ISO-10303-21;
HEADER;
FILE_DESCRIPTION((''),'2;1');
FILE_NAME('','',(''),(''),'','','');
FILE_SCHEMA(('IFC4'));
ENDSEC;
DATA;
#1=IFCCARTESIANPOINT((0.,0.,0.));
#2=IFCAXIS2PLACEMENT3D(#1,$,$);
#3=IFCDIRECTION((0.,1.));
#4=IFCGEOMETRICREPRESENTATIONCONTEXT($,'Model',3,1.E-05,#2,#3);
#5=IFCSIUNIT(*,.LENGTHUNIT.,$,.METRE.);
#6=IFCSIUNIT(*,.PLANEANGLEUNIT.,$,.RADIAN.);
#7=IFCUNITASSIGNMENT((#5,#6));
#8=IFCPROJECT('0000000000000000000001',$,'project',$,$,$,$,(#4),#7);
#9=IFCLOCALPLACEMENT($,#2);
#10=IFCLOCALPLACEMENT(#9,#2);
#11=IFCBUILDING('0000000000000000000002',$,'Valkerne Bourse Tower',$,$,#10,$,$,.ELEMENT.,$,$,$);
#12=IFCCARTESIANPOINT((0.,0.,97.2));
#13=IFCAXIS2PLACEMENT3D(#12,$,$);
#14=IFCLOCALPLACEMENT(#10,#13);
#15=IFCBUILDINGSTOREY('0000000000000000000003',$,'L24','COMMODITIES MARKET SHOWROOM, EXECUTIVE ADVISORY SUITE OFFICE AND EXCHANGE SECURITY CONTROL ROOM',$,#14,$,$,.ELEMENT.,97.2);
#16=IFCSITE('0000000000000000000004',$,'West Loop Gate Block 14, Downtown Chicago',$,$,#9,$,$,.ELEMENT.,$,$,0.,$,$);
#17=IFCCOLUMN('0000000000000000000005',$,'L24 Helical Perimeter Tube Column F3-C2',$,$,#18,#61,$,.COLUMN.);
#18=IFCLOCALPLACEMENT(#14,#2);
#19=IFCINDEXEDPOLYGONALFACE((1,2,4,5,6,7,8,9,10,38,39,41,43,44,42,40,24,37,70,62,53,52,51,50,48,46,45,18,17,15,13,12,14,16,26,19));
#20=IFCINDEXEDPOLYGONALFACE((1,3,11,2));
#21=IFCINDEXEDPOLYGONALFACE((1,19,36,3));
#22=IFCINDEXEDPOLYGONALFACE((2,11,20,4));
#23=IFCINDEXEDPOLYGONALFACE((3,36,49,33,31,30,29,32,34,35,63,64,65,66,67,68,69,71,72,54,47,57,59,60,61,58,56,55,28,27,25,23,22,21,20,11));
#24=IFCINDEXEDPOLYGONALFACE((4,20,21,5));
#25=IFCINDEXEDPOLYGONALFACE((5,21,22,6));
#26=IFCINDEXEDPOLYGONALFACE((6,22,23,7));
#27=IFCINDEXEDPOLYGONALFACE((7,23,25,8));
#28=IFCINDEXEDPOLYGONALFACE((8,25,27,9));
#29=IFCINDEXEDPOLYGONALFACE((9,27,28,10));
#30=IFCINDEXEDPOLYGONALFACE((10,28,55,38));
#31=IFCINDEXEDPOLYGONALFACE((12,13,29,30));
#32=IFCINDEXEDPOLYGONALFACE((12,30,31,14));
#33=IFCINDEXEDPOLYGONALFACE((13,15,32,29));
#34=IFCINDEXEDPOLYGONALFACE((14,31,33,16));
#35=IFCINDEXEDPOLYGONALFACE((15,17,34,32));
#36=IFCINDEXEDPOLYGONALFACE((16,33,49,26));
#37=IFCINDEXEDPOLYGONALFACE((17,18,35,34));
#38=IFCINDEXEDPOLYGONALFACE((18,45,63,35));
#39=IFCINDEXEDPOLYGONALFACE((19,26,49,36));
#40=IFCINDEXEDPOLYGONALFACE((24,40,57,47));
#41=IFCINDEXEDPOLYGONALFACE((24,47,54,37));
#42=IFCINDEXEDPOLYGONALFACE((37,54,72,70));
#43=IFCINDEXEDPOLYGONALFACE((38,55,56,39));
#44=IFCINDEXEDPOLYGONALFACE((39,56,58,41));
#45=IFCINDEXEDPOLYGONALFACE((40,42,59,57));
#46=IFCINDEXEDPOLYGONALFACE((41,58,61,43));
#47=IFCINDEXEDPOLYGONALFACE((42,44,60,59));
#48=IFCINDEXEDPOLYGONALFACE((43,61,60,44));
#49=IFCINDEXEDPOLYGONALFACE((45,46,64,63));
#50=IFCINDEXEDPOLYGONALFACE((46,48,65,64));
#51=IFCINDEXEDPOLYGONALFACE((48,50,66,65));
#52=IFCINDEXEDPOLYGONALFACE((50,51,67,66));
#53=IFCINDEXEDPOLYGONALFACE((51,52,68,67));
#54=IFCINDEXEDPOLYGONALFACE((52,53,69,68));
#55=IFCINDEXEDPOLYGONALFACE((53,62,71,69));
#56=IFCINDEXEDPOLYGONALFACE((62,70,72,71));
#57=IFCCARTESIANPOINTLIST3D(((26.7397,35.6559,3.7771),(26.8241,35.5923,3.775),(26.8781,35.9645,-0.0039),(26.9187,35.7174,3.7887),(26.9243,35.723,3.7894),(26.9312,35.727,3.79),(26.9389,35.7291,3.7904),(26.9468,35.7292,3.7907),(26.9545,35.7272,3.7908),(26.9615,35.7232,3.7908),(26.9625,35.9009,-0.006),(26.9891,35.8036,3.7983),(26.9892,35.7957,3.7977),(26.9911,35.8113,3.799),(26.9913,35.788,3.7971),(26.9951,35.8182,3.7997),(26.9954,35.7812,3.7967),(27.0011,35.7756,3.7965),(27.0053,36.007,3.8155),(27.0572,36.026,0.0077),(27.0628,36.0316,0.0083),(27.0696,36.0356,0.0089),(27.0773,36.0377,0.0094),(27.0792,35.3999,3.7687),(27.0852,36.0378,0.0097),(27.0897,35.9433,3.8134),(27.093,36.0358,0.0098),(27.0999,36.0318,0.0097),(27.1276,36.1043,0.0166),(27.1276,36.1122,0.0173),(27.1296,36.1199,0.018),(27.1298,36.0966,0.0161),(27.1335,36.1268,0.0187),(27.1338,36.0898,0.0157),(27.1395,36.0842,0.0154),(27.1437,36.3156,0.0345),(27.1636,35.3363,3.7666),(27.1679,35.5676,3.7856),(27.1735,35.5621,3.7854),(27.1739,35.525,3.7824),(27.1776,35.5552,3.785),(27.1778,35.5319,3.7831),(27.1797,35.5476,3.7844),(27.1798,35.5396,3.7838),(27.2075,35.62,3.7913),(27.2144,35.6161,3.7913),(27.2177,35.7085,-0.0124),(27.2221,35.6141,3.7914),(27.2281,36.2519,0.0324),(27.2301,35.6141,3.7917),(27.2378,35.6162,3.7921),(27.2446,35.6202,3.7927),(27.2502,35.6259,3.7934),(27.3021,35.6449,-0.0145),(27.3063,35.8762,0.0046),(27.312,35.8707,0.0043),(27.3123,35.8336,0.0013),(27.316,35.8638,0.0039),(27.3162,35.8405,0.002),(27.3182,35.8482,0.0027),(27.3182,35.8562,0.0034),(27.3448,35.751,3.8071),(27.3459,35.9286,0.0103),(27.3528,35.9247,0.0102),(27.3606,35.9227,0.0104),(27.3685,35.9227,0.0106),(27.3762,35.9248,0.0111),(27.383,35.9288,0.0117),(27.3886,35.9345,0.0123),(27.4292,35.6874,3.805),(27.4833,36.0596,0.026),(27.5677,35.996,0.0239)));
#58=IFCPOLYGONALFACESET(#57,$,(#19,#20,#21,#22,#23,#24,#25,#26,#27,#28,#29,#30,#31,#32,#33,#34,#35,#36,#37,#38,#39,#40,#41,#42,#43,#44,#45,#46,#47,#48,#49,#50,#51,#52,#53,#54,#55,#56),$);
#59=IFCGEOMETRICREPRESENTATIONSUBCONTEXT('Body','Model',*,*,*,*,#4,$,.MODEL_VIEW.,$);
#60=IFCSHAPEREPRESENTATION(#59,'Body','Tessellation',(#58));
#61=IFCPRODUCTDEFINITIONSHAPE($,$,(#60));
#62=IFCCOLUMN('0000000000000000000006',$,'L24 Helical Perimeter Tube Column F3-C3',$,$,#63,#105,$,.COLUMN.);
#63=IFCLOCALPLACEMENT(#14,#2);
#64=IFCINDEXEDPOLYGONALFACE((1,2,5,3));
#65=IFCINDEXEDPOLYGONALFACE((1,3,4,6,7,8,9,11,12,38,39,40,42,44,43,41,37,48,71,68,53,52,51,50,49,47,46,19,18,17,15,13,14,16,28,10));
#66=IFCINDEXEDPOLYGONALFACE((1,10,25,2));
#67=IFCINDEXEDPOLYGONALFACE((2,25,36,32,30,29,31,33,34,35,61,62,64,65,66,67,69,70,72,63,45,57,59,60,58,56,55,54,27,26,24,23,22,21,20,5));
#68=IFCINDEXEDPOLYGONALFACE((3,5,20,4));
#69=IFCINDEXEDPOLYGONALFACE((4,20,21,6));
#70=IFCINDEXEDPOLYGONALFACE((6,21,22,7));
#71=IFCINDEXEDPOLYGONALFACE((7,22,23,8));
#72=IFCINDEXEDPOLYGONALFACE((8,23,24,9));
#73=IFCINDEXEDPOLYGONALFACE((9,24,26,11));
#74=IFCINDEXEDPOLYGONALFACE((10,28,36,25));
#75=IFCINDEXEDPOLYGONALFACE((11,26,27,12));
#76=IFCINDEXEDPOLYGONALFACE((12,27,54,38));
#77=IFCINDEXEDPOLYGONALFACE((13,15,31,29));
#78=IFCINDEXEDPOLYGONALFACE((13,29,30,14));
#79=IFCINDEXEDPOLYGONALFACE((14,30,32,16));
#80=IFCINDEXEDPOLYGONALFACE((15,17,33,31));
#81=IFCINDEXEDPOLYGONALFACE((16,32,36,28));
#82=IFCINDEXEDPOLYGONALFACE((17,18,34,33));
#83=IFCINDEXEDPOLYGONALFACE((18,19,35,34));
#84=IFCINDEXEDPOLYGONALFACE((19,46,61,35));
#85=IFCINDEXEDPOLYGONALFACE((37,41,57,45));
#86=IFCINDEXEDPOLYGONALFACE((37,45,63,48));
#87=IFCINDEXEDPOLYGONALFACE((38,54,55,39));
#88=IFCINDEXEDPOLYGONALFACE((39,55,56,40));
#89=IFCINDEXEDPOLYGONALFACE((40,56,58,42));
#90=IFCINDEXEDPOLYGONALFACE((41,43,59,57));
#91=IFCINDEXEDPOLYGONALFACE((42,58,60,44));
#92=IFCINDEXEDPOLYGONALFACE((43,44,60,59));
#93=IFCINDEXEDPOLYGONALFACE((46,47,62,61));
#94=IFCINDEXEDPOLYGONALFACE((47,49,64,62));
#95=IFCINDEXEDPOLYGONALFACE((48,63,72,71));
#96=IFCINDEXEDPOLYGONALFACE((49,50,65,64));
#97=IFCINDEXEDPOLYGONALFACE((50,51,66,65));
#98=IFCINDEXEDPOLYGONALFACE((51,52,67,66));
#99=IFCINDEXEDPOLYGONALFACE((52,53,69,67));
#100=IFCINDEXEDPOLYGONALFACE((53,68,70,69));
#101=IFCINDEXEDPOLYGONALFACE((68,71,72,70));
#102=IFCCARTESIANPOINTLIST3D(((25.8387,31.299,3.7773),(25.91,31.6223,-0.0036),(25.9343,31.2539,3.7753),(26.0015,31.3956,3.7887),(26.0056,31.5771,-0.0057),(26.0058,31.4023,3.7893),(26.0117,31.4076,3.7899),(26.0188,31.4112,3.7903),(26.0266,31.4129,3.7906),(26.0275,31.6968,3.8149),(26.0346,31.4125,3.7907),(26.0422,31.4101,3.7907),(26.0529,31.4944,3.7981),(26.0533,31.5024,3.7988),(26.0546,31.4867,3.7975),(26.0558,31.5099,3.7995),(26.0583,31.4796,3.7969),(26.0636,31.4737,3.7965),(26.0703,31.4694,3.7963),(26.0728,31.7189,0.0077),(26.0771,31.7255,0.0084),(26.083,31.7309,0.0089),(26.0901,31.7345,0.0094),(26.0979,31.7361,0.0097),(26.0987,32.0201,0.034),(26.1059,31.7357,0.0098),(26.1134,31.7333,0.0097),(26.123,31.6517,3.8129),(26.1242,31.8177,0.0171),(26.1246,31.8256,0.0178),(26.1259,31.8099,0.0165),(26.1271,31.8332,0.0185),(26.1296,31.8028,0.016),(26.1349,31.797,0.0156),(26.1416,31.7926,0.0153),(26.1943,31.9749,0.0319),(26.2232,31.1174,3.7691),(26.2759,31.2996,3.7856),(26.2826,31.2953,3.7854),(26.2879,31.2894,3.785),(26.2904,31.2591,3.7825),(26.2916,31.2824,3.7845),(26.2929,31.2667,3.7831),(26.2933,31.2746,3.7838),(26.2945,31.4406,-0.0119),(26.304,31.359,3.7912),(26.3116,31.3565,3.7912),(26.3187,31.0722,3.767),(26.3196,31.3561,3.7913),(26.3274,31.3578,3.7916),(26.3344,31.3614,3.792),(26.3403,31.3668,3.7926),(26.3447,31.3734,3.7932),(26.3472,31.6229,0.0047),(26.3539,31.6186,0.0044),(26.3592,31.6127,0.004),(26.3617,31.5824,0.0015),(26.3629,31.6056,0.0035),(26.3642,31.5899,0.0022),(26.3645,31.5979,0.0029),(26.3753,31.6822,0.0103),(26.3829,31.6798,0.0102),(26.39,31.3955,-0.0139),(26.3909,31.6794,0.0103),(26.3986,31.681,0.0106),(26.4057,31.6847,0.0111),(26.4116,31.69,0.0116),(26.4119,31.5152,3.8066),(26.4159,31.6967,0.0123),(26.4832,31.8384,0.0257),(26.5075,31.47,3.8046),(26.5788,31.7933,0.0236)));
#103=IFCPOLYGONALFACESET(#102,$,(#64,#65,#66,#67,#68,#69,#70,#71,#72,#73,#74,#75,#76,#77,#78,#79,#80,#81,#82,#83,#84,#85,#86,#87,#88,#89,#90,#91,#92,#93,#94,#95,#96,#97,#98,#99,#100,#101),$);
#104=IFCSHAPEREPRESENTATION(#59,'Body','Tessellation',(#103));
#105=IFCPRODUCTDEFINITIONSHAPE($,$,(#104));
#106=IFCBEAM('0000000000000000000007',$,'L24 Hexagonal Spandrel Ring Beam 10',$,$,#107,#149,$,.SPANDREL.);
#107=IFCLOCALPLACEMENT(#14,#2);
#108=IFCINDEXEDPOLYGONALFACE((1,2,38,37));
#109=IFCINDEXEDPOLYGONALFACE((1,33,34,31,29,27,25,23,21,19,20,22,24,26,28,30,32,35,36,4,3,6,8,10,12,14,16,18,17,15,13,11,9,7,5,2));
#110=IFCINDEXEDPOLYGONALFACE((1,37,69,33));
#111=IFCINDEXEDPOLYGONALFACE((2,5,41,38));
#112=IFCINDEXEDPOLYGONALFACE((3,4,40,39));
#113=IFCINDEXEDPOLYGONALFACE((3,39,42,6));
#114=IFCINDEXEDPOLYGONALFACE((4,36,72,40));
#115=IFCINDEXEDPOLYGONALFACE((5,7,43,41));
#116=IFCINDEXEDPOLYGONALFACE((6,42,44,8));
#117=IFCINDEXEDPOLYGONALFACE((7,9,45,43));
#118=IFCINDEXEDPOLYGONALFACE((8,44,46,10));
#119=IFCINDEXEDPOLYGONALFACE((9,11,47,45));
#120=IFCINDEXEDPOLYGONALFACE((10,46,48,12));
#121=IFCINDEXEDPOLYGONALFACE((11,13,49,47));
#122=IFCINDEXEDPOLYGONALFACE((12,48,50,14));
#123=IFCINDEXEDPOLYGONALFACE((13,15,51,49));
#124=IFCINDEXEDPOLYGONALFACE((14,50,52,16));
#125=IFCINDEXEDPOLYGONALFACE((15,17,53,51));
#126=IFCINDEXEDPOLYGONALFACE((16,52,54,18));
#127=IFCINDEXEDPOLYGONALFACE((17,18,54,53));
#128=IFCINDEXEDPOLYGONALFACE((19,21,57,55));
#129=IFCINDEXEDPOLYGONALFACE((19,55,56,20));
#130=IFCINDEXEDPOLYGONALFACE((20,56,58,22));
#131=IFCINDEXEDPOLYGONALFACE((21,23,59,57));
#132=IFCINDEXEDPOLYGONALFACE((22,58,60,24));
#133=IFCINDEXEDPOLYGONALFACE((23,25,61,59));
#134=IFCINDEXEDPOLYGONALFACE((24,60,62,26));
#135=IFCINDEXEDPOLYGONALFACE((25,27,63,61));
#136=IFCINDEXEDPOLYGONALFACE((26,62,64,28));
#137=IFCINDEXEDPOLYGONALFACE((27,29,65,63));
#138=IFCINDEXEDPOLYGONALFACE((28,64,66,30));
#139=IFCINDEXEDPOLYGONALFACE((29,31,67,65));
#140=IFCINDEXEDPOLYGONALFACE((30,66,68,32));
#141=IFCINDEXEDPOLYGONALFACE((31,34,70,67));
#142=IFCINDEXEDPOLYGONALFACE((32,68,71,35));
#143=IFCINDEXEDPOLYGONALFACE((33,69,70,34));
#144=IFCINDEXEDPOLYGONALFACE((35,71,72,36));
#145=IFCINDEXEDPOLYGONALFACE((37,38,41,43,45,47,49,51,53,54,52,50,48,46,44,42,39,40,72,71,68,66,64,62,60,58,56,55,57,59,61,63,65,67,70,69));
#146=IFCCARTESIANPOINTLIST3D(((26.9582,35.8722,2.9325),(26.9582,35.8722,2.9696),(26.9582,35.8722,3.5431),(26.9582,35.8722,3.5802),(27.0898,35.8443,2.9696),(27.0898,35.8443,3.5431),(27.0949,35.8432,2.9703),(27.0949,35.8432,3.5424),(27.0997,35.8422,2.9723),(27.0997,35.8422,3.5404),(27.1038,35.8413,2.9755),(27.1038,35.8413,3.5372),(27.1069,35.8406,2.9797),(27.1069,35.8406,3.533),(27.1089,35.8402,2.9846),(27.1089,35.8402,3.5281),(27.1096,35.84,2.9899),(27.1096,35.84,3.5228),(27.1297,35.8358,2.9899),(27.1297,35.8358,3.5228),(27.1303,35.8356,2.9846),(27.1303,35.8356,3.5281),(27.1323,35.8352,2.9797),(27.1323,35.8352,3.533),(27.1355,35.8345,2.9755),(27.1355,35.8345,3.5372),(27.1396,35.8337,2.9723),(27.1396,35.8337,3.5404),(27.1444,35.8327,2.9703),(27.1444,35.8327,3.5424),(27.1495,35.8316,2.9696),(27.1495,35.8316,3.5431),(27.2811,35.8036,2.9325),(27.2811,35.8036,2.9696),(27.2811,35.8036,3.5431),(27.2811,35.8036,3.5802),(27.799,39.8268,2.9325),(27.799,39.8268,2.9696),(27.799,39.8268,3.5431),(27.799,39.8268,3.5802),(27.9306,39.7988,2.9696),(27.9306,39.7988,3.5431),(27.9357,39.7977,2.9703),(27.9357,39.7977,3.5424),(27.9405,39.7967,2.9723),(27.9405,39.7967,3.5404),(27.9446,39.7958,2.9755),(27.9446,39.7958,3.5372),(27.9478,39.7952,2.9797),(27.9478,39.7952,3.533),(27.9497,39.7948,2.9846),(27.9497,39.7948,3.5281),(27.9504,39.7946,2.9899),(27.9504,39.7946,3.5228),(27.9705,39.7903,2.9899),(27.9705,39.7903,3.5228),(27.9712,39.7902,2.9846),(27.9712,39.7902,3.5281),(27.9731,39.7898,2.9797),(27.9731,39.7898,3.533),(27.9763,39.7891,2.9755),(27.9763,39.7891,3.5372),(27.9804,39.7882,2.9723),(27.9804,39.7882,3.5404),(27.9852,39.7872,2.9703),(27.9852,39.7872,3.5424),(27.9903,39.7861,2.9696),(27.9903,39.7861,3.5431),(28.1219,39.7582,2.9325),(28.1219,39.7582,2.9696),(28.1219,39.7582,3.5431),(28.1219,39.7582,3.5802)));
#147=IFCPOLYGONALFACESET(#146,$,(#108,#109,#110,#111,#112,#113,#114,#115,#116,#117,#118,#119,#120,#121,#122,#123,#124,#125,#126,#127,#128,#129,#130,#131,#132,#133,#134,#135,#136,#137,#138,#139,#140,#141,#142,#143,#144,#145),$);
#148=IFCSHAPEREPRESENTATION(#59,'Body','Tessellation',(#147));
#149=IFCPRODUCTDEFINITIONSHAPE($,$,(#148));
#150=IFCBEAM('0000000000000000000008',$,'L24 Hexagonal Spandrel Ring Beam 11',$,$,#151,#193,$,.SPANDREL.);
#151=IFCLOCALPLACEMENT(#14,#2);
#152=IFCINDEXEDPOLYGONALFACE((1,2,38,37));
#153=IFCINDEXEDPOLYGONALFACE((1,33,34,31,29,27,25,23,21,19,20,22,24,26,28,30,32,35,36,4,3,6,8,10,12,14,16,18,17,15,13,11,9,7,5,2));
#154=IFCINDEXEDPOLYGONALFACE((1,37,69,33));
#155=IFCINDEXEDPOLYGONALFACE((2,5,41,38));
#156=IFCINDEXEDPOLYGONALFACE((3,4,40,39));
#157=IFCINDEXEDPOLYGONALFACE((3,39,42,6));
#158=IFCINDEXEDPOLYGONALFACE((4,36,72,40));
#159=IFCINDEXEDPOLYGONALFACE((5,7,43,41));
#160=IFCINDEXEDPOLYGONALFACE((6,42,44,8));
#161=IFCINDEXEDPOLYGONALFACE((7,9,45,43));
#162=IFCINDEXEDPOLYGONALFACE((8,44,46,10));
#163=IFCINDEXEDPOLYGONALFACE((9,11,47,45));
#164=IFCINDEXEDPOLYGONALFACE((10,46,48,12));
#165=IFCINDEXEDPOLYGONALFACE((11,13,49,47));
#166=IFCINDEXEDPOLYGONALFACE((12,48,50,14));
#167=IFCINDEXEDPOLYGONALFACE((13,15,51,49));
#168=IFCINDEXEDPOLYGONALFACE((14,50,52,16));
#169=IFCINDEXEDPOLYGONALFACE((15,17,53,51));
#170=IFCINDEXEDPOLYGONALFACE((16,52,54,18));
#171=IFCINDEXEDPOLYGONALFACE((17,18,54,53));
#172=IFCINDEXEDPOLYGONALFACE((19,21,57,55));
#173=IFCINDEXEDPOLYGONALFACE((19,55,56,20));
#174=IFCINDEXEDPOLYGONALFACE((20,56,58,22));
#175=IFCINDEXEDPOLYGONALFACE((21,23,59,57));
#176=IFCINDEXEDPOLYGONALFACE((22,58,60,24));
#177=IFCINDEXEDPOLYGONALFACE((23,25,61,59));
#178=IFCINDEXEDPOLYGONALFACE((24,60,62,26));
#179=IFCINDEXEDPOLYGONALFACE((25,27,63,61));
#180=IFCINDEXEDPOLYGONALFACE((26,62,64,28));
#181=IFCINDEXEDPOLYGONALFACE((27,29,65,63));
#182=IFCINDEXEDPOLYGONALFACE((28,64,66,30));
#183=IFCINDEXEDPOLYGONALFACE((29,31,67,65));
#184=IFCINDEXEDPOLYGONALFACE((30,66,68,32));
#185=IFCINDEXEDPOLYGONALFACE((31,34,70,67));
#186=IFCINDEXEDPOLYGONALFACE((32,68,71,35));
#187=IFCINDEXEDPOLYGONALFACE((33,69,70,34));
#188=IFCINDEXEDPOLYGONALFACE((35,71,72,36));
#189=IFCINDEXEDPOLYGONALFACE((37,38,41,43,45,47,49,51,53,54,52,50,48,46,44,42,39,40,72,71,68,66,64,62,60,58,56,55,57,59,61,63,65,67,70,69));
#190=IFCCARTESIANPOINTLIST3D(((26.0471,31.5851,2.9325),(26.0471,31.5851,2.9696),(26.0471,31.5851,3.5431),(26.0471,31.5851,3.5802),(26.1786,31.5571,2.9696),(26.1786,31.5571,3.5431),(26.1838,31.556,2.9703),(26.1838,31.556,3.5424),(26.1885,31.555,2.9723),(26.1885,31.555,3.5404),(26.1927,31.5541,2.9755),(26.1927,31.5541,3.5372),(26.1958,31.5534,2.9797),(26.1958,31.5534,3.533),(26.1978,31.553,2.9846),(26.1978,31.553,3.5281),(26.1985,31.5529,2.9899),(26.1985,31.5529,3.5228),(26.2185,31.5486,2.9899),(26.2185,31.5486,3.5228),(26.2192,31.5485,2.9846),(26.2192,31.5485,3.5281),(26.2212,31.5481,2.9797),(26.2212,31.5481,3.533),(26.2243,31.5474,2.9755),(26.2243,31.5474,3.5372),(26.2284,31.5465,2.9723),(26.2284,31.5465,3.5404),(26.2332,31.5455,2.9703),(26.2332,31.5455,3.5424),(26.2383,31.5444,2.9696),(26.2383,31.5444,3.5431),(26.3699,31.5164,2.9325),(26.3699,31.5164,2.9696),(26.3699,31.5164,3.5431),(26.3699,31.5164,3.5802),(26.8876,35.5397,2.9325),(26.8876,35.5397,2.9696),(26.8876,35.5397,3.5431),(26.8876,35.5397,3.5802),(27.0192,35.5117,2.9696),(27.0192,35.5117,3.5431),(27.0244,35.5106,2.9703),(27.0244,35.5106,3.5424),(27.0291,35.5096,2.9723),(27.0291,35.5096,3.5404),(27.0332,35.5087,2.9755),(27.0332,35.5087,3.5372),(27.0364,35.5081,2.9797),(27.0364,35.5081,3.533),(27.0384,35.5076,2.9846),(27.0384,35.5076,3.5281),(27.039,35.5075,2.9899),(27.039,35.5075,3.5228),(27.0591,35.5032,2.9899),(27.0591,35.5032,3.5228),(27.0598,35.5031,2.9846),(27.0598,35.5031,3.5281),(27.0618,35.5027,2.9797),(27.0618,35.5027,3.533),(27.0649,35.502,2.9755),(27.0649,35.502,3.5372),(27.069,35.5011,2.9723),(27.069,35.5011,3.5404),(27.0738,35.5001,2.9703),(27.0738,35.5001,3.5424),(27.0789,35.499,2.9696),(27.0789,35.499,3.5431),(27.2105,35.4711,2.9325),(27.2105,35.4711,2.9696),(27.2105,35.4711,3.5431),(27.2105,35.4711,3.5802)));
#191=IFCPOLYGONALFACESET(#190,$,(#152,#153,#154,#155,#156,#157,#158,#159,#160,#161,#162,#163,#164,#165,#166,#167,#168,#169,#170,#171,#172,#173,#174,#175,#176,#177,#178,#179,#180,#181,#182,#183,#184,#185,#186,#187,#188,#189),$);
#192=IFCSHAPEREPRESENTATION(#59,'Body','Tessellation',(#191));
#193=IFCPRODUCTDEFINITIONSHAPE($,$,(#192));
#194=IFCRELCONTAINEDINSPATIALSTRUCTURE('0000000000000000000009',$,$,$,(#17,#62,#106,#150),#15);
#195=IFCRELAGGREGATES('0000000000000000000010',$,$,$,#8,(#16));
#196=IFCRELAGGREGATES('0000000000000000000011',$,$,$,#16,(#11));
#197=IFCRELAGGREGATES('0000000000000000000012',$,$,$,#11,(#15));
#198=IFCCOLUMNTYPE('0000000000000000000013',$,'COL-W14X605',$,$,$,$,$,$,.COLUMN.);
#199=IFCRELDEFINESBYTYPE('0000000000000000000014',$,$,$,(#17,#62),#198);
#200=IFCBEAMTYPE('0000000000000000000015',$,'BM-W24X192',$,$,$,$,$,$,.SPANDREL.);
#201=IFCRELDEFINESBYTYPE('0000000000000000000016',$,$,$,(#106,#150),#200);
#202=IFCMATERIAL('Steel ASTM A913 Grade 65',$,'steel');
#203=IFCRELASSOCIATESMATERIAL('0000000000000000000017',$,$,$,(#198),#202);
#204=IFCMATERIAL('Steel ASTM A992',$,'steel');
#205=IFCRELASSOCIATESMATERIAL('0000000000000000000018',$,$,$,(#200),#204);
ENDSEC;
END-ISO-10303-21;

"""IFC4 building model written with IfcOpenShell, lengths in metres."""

from ifc_helpers import new_model, si_unit, direction, frame, origin, origin_2d, place, context, subcontext, project, spatial, i_section, extrude, material, material_profile, profile_set, type_object, element, save


model = new_model("IFC4")

# Units and contexts
model_context = context("Model", 3, precision=1e-05, world=origin(), true_north=direction((0.0, 1.0)))
body_context = subcontext(model_context, "Body", "Model", "MODEL_VIEW")
ifc_project = project(units=[si_unit("LENGTHUNIT", "METRE"), si_unit("PLANEANGLEUNIT", "RADIAN")], contexts=[model_context])

# Site, building, storey
site_placement = place(None, origin())
site = spatial("IfcSite", under=ifc_project, at=site_placement, Name="West Loop Gate Block 14, Downtown Chicago", CompositionType="ELEMENT", RefElevation=0.0)
building_placement = place(site_placement, origin())
building = spatial("IfcBuilding", under=site, at=building_placement, Name="Valkerne Bourse Tower", CompositionType="ELEMENT")
storey_placement = place(building_placement, frame((0.0, 0.0, 97.2)))
storey = spatial("IfcBuildingStorey", under=building, at=storey_placement, Name="L24", Description="COMMODITIES MARKET SHOWROOM, EXECUTIVE ADVISORY SUITE OFFICE AND EXCHANGE SECURITY CONTROL ROOM", CompositionType="ELEMENT", Elevation=97.2)

# Columns
ifc_material_1 = material(Name="Steel ASTM A913 Grade 65", Category="steel")
ifc_material_profile_1 = material_profile(ifc_material_1, i_section(OverallWidth=0.4419, OverallDepth=0.531, WebThickness=0.0659, FlangeThickness=0.1057, FilletRadius=0.0305, at=origin_2d()), Name="W14X605")
ifc_profile_set_1 = profile_set([ifc_material_profile_1], Name="Steel ASTM A913 Grade 65")
column_type = type_object("IfcColumnType", Name="COL-W14X605", PredefinedType="COLUMN", material=ifc_profile_set_1)
column_1_placement = place(storey_placement, frame((27.2229, 35.9802, 0.01), z_axis=(-0.036466, -0.081292, 0.996023), x_axis=(-0.601062, -0.794469, -0.086848)))
element("IfcColumn", 1, at=column_1_placement, inside=storey, type_object=column_type, Name="L24 Helical Perimeter Tube Column F3-C2", PredefinedType="COLUMN", context=body_context, shape_type="SweptSolid", body=[
    extrude(i_section(OverallWidth=0.4419, OverallDepth=0.531, WebThickness=0.0659, FlangeThickness=0.1057, FilletRadius=0.0305, at=origin_2d()), origin(), (0.0, 0.0, 1.0), 3.7961),
])
column_2_placement = place(storey_placement, frame((26.2444, 31.7078, 0.01), z_axis=(-0.018783, -0.085165, 0.99619), x_axis=(-0.427144, -0.900178, -0.085011)))
element("IfcColumn", 2, at=column_2_placement, inside=storey, type_object=column_type, Name="L24 Helical Perimeter Tube Column F3-C3", PredefinedType="COLUMN", context=body_context, shape_type="SweptSolid", body=[
    extrude(i_section(OverallWidth=0.4419, OverallDepth=0.531, WebThickness=0.0659, FlangeThickness=0.1057, FilletRadius=0.0305, at=origin_2d()), origin(), (0.0, 0.0, 1.0), 3.7954),
])

# Beams
ifc_material_2 = material(Name="Steel ASTM A992", Category="steel")
ifc_material_profile_2 = material_profile(ifc_material_2, i_section(OverallWidth=0.3301, OverallDepth=0.6477, WebThickness=0.0205, FlangeThickness=0.0371, FilletRadius=0.0203, at=origin_2d()), Name="W24X192")
ifc_profile_set_2 = profile_set([ifc_material_profile_2], Name="Steel ASTM A992")
beam_type_1 = type_object("IfcBeamType", Name="BM-W24X192", PredefinedType="SPANDREL", material=ifc_profile_set_2)
for number, where, z_axis, x_axis, name in (
    (3, (27.9604, 39.7925, 3.2563), (-0.20797, -0.978135, 0.0), (0.978135, -0.20797, 0.0), "L24 Hexagonal Spandrel Ring Beam 10"),
    (4, (27.0491, 35.5054, 3.2563), (-0.207912, -0.978147, 0.0), (0.978147, -0.207912, 0.0), "L24 Hexagonal Spandrel Ring Beam 11"),
):
    element("IfcBeam", number, at=place(storey_placement, frame(where, z_axis=z_axis, x_axis=x_axis)), inside=storey, type_object=beam_type_1, Name=name, PredefinedType="SPANDREL", context=body_context, shape_type="SweptSolid", body=[
        extrude(i_section(OverallWidth=0.3301, OverallDepth=0.6477, WebThickness=0.0205, FlangeThickness=0.0371, FilletRadius=0.0203, at=origin_2d()), origin(), (0.0, 0.0, 1.0), 4.043),
    ])

save(model, "model.ifc")
